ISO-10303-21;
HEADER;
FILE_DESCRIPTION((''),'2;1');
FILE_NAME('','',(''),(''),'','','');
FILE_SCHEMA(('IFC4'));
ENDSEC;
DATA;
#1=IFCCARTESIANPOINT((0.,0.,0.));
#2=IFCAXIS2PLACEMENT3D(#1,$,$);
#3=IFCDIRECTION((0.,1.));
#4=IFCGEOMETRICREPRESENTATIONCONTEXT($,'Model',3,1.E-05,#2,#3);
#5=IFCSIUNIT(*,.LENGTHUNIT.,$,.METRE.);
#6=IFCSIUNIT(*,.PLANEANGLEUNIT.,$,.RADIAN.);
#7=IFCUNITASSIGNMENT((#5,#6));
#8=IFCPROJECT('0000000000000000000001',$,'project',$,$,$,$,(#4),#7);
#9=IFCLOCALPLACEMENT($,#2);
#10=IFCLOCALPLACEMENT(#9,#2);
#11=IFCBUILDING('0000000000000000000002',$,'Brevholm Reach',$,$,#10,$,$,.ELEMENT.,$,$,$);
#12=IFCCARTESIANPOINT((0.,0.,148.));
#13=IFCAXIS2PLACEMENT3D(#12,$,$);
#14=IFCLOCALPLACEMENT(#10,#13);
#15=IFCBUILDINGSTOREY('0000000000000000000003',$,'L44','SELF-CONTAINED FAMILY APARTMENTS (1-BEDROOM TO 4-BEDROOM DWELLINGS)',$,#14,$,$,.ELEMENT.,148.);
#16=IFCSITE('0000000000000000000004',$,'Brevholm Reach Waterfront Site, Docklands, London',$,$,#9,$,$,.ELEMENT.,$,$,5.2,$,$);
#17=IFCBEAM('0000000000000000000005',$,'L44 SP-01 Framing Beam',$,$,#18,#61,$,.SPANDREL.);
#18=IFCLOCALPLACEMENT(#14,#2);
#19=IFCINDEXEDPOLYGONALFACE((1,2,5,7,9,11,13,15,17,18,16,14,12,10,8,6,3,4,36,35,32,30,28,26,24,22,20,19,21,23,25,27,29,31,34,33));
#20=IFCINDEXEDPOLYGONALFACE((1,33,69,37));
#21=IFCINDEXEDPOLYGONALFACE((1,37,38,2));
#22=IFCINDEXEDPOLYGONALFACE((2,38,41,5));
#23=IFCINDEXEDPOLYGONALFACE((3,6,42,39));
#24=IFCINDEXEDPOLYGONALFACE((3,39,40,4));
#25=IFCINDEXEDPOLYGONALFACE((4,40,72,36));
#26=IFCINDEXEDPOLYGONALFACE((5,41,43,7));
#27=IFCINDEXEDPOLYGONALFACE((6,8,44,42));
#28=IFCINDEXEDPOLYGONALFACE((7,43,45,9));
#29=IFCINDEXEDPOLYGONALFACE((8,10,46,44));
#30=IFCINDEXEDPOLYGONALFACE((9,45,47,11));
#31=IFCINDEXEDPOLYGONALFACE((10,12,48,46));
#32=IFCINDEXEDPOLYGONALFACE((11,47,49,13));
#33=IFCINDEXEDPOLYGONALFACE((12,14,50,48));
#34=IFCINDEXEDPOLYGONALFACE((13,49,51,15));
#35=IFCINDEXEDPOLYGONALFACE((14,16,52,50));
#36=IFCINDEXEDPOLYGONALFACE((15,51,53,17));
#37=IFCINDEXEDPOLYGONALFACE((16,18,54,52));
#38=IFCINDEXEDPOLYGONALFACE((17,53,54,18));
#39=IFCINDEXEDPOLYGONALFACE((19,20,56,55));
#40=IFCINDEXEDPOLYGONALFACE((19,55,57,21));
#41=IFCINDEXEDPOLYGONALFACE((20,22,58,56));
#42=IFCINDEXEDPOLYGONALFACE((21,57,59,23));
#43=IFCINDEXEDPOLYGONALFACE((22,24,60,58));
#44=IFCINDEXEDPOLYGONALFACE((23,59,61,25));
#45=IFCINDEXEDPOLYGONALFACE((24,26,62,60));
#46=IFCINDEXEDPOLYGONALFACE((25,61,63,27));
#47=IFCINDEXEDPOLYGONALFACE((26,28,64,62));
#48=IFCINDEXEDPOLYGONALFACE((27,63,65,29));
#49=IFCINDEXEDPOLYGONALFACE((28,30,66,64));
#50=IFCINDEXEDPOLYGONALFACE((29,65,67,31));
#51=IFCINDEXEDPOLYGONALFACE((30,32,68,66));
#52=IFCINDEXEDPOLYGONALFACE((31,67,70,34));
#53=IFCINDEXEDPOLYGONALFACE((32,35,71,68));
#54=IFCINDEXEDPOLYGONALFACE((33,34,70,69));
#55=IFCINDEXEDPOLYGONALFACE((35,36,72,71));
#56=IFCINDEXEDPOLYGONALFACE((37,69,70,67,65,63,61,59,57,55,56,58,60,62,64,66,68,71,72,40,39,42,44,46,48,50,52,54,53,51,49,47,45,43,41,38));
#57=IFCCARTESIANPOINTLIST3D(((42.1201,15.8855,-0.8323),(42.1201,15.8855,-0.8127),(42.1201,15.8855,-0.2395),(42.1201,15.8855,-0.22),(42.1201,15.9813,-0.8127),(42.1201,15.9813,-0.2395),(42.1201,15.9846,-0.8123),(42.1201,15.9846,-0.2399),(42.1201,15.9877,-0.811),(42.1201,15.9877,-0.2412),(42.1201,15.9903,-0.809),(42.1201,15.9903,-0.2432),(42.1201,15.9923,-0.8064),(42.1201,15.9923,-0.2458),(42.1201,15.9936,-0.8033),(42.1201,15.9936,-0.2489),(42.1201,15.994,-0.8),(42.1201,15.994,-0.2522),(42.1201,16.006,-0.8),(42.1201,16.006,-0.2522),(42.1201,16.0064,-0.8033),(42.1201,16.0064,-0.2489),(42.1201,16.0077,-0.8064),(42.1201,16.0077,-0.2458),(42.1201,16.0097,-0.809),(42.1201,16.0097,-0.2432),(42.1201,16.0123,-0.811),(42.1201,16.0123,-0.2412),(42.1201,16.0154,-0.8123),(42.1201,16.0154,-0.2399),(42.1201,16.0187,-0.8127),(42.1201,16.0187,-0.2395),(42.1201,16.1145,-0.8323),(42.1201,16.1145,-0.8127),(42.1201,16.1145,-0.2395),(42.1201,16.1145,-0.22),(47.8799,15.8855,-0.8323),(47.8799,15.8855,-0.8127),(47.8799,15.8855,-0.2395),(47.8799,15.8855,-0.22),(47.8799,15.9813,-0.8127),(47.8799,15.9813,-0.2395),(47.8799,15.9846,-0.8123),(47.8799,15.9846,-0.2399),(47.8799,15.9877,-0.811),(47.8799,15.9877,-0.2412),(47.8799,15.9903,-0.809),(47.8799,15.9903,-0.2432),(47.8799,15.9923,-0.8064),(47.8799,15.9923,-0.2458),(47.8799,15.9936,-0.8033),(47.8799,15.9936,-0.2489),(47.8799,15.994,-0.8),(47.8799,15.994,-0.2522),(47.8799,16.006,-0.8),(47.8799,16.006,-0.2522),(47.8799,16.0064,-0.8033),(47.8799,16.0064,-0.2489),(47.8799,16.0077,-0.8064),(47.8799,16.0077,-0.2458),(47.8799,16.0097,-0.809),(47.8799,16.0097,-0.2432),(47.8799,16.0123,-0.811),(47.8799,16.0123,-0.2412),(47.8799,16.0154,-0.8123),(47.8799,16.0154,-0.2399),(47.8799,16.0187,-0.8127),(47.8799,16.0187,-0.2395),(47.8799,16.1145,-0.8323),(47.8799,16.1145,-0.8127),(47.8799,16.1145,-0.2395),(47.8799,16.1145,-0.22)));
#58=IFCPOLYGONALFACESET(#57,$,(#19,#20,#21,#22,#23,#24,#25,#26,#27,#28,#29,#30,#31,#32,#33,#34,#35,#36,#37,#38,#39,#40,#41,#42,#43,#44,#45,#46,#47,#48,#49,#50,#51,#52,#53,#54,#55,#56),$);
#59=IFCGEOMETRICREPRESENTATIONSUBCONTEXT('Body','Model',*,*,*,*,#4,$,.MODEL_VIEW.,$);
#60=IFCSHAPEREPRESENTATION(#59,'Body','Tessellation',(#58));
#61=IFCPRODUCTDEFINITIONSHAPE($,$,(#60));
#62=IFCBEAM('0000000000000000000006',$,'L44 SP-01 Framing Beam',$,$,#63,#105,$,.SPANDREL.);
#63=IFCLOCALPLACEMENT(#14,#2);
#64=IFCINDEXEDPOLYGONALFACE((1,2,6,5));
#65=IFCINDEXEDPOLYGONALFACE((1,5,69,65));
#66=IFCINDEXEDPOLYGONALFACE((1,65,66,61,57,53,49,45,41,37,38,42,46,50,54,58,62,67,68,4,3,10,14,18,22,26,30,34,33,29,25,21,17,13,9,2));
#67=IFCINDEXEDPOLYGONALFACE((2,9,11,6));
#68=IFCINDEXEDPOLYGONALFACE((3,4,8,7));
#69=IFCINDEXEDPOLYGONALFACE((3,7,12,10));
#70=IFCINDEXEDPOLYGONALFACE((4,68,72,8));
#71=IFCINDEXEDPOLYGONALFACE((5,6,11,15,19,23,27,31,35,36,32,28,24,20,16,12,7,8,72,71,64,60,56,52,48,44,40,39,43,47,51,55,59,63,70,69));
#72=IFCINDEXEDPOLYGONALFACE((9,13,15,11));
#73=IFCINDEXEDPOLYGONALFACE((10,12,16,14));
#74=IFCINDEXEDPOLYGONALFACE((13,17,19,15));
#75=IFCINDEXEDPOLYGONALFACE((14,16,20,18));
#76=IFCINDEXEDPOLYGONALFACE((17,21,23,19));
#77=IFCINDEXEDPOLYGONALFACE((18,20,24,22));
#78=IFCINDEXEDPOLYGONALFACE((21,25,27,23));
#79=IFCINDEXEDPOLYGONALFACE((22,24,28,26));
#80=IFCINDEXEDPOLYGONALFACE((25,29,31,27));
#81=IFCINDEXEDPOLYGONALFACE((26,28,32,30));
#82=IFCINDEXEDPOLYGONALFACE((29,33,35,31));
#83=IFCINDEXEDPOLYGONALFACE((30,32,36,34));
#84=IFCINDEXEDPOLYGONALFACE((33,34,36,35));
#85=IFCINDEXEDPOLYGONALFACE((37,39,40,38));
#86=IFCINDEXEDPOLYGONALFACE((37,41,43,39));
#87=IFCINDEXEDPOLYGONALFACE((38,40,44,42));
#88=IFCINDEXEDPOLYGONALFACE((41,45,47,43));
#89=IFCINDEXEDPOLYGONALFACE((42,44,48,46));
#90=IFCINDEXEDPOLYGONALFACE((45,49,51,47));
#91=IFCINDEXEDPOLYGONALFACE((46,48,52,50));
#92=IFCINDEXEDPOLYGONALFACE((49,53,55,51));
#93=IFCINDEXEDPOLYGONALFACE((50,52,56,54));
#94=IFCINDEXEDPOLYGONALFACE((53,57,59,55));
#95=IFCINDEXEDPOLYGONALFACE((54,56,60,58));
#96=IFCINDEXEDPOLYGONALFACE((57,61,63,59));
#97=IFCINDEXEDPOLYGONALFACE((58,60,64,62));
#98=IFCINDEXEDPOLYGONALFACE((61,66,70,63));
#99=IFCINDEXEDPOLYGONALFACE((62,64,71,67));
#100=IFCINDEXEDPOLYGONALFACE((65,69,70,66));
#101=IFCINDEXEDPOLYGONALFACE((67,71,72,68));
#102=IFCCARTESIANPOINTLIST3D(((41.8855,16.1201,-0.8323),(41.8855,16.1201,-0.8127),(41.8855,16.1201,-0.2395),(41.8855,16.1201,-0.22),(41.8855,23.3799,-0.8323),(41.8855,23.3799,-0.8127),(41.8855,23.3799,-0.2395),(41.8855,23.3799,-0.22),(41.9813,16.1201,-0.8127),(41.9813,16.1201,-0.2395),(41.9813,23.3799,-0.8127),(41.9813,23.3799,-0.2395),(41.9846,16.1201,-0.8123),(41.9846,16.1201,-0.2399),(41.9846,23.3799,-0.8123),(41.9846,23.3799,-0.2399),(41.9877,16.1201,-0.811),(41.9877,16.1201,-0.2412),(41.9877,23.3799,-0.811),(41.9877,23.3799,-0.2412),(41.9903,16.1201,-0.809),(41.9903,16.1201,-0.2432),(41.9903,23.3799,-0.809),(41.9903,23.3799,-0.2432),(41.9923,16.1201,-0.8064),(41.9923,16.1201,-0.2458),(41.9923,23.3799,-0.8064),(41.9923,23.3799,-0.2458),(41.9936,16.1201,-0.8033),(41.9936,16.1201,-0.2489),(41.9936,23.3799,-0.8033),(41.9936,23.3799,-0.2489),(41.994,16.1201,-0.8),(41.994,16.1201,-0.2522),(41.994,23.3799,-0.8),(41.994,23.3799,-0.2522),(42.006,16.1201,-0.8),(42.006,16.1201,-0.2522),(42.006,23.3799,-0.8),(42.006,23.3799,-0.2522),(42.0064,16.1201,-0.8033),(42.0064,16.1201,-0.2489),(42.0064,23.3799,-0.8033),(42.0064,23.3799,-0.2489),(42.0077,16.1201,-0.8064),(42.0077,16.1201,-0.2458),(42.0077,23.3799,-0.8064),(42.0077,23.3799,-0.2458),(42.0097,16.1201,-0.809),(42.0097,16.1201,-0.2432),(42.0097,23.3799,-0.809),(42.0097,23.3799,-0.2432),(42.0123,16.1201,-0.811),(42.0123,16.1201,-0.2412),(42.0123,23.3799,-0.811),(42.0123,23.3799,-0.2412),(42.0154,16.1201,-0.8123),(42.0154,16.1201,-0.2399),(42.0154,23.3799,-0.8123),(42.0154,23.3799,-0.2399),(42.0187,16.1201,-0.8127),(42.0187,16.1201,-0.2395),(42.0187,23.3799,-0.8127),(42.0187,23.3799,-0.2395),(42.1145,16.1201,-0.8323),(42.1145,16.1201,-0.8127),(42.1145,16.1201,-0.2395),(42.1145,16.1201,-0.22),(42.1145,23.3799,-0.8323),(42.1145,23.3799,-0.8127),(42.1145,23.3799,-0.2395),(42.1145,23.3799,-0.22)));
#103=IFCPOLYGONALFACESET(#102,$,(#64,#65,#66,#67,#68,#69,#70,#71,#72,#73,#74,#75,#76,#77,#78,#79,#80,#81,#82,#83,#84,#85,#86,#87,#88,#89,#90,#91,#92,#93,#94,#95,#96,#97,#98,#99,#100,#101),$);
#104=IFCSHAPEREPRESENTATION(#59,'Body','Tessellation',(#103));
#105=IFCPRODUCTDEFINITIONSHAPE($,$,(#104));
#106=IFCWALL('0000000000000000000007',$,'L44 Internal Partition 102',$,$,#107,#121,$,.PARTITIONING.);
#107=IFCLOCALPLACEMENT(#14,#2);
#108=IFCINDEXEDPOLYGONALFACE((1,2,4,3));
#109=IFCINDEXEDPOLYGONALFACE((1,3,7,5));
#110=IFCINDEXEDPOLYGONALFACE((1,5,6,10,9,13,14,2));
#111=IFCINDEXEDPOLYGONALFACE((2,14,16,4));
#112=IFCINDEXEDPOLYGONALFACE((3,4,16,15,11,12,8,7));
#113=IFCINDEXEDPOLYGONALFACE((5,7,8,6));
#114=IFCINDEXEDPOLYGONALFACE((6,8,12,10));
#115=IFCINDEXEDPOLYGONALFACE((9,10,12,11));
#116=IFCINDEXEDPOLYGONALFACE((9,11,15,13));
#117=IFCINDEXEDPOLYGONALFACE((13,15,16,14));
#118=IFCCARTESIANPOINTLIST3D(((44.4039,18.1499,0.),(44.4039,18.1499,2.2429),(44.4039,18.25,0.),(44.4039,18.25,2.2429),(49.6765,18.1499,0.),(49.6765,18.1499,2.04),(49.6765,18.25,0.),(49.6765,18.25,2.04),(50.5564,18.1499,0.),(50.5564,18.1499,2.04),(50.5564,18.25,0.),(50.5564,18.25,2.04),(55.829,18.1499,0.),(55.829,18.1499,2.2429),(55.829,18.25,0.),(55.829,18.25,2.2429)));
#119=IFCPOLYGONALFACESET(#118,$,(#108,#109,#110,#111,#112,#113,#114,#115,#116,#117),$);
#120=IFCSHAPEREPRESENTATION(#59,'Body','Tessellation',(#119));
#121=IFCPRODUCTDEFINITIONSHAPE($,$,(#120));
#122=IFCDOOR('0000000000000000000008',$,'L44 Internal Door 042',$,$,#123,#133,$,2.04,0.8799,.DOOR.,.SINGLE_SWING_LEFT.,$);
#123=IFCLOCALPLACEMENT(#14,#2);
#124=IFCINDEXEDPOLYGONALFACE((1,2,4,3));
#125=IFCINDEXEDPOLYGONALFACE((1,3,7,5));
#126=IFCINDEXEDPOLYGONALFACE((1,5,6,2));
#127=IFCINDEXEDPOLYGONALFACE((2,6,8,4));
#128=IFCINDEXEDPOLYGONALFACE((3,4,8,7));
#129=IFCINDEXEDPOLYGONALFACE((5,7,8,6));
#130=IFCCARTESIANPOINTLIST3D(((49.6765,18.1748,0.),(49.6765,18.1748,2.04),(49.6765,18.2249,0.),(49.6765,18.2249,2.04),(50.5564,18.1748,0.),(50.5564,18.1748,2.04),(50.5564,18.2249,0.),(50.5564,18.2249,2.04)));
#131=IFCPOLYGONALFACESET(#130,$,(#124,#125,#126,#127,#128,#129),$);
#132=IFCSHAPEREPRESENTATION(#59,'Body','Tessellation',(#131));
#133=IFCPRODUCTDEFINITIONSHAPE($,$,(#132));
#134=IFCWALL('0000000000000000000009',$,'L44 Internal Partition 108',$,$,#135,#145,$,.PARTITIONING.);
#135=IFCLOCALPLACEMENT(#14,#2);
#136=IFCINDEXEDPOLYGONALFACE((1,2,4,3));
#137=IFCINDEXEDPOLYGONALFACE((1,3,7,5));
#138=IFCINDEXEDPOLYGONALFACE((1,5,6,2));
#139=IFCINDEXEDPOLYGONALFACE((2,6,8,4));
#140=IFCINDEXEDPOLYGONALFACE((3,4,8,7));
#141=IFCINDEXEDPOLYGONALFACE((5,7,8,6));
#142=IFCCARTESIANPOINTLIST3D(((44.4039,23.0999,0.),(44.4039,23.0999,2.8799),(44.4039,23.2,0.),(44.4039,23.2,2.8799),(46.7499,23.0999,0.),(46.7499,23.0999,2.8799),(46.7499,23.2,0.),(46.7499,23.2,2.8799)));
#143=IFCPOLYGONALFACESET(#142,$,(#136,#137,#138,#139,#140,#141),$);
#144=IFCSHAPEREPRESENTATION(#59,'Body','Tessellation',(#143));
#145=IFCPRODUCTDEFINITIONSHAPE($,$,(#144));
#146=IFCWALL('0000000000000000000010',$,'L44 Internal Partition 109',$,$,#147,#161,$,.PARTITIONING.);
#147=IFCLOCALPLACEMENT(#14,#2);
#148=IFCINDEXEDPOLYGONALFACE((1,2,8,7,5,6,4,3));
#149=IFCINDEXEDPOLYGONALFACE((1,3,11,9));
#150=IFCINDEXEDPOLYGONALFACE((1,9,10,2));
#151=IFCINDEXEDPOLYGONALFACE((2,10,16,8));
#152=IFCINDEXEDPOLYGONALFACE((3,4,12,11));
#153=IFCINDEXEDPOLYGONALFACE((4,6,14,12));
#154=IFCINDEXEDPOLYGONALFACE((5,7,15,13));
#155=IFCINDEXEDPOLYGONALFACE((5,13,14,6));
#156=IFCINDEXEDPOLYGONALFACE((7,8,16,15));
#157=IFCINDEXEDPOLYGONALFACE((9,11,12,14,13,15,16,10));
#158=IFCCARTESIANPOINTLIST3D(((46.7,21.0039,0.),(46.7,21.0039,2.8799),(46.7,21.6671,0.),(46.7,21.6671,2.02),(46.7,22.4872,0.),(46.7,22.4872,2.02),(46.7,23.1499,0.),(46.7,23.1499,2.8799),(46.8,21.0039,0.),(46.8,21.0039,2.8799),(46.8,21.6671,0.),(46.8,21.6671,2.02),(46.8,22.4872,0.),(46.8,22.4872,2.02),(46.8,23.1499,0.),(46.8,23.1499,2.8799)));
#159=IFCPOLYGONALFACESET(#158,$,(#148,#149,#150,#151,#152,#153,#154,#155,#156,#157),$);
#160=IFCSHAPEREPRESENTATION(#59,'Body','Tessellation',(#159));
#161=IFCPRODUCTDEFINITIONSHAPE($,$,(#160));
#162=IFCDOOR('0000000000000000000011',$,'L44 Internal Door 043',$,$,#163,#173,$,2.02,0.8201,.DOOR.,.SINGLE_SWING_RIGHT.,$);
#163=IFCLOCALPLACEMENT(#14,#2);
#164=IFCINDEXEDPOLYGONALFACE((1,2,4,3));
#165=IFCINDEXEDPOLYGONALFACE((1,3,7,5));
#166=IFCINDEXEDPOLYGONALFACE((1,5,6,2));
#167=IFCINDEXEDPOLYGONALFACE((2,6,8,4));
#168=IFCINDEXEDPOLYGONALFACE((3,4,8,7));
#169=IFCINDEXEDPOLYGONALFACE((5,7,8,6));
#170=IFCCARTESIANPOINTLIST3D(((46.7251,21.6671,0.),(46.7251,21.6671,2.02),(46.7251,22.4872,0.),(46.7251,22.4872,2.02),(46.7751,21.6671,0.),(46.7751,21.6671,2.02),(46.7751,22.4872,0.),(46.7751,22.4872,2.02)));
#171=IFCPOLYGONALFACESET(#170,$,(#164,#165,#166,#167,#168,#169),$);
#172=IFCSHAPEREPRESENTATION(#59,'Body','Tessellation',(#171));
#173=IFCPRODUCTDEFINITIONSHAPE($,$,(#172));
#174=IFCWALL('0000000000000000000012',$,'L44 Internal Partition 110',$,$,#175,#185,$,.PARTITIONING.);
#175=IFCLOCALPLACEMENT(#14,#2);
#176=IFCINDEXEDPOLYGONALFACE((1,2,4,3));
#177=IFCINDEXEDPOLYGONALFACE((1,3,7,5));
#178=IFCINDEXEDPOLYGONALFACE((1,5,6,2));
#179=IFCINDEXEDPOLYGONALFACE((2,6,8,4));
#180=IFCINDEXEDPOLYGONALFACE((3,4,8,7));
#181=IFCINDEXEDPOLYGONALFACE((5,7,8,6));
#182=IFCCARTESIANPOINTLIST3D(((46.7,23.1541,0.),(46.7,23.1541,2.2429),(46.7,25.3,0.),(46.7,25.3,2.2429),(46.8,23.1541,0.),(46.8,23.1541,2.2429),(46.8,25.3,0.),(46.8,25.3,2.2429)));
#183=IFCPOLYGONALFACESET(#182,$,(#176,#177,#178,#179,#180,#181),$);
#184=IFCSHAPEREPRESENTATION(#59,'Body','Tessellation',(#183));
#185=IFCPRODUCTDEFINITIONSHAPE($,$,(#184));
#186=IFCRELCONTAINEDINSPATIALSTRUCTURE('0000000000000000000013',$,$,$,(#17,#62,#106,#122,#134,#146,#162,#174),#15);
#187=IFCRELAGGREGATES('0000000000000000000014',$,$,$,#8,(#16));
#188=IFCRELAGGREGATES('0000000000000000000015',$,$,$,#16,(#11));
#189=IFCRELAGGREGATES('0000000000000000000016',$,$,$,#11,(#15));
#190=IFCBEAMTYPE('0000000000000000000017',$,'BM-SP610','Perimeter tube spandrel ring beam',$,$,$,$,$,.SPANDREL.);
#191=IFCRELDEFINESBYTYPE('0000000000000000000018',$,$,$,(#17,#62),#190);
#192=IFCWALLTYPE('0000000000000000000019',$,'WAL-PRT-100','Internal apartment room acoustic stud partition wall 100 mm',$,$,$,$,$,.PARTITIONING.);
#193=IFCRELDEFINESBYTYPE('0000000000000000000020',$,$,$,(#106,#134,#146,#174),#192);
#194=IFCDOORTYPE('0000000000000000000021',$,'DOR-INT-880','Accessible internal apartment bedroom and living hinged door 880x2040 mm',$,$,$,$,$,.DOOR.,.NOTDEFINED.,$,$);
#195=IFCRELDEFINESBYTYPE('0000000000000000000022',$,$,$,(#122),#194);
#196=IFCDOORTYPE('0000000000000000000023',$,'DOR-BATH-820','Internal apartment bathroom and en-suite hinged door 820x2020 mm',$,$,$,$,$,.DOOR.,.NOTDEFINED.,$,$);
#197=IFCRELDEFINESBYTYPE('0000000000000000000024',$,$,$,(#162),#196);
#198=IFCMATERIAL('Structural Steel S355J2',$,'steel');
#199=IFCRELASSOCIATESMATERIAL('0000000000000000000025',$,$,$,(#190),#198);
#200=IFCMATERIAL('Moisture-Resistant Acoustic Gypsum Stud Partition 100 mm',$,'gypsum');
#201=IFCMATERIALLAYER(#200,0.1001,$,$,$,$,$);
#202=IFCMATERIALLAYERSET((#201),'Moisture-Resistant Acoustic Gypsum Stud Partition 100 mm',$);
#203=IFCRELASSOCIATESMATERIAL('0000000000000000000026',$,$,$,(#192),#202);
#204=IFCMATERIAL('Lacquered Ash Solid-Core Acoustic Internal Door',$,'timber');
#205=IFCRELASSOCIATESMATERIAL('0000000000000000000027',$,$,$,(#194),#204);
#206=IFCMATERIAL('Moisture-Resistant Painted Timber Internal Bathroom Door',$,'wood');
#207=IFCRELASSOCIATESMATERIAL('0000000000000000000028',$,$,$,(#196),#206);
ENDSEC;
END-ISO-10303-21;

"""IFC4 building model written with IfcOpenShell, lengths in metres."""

from ifc_helpers import new_model, si_unit, direction, frame, frame_2d, origin, origin_2d, place, context, subcontext, project, spatial, rectangle, i_section, extrude, material, layer, layer_set, material_profile, profile_set, type_object, element, fill, save


model = new_model("IFC4")

# Units and contexts
model_context = context("Model", 3, precision=1e-05, world=origin(), true_north=direction((0.0, 1.0)))
body_context = subcontext(model_context, "Body", "Model", "MODEL_VIEW")
ifc_project = project(units=[si_unit("LENGTHUNIT", "METRE"), si_unit("PLANEANGLEUNIT", "RADIAN")], contexts=[model_context])

# Site, building, storey
site_placement = place(None, origin())
site = spatial("IfcSite", under=ifc_project, at=site_placement, Name="Brevholm Reach Waterfront Site, Docklands, London", CompositionType="ELEMENT", RefElevation=5.2)
building_placement = place(site_placement, origin())
building = spatial("IfcBuilding", under=site, at=building_placement, Name="Brevholm Reach", CompositionType="ELEMENT")
storey_placement = place(building_placement, frame((0.0, 0.0, 148.0)))
storey = spatial("IfcBuildingStorey", under=building, at=storey_placement, Name="L44", Description="SELF-CONTAINED FAMILY APARTMENTS (1-BEDROOM TO 4-BEDROOM DWELLINGS)", CompositionType="ELEMENT", Elevation=148.0)

# Beams
ifc_material_1 = material(Name="Structural Steel S355J2", Category="steel")
ifc_material_profile_1 = material_profile(ifc_material_1, i_section(OverallWidth=0.229, OverallDepth=0.6123, WebThickness=0.012, FlangeThickness=0.0195, FilletRadius=0.0127, at=origin_2d()), Name="UKB 610x229x125")
ifc_profile_set_1 = profile_set([ifc_material_profile_1], Name="Structural Steel S355J2")
beam_type_1 = type_object("IfcBeamType", Name="BM-SP610", Description="Perimeter tube spandrel ring beam", PredefinedType="SPANDREL", material=ifc_profile_set_1)
beam_1_placement = place(storey_placement, frame((42.1201, 16.0, -0.5261), z_axis=(1.0, 0.0, 0.0), x_axis=(0.0, 1.0, 0.0)))
element("IfcBeam", 1, at=beam_1_placement, inside=storey, type_object=beam_type_1, Name="L44 SP-01 Framing Beam", PredefinedType="SPANDREL", context=body_context, shape_type="SweptSolid", body=[
    extrude(i_section(OverallWidth=0.229, OverallDepth=0.6123, WebThickness=0.012, FlangeThickness=0.0195, FilletRadius=0.0127, at=origin_2d()), origin(), (0.0, 0.0, 1.0), 5.7598),
])
beam_2_placement = place(storey_placement, frame((42.0, 16.1201, -0.5261), z_axis=(0.0, 1.0, 0.0), x_axis=(-1.0, 0.0, 0.0)))
element("IfcBeam", 2, at=beam_2_placement, inside=storey, type_object=beam_type_1, Name="L44 SP-01 Framing Beam", PredefinedType="SPANDREL", context=body_context, shape_type="SweptSolid", body=[
    extrude(i_section(OverallWidth=0.229, OverallDepth=0.6123, WebThickness=0.012, FlangeThickness=0.0195, FilletRadius=0.0127, at=origin_2d()), origin(), (0.0, 0.0, 1.0), 7.2598),
])

# Wall, opening, door
ifc_material_2 = material(Name="Moisture-Resistant Acoustic Gypsum Stud Partition 100 mm", Category="gypsum")
ifc_layer_1 = layer(ifc_material_2, 0.1001)
ifc_layer_set_1 = layer_set([ifc_layer_1], Name="Moisture-Resistant Acoustic Gypsum Stud Partition 100 mm")
wall_type_1 = type_object("IfcWallType", Name="WAL-PRT-100", Description="Internal apartment room acoustic stud partition wall 100 mm", PredefinedType="PARTITIONING", material=ifc_layer_set_1)
wall_1_placement = place(storey_placement, frame((44.4041, 18.2, 0.0), z_axis=(0.0, 0.0, 1.0), x_axis=(1.0, 0.0, 0.0)))
wall_1 = element("IfcWall", 3, at=wall_1_placement, inside=storey, type_object=wall_type_1, Name="L44 Internal Partition 102", PredefinedType="PARTITIONING", context=body_context, shape_type="SweptSolid", body=[
    extrude(rectangle(XDim=11.425, YDim=0.1001, at=frame_2d((5.7124, 0.0))), origin(), (0.0, 0.0, 1.0), 2.2429),
])
opening_1_placement = place(wall_1_placement, frame((5.2725, 0.0, 0.0)))
opening_1 = element("IfcOpeningElement", 4, at=opening_1_placement, cuts=wall_1, PredefinedType="OPENING", context=body_context, shape_type="SweptSolid", body=[
    extrude(rectangle(XDim=0.8799, YDim=2.04, at=frame_2d((0.4399, 1.02))), frame((0.0, 0.0601, 0.0), z_axis=(0.0, -1.0, 0.0), x_axis=(1.0, 0.0, 0.0)), (0.0, 0.0, 1.0), 0.1201),
])
ifc_material_3 = material(Name="Lacquered Ash Solid-Core Acoustic Internal Door", Category="timber")
door_type_1 = type_object("IfcDoorType", Name="DOR-INT-880", Description="Accessible internal apartment bedroom and living hinged door 880x2040 mm", OperationType="NOTDEFINED", PredefinedType="DOOR", material=ifc_material_3)
door_1_placement = place(opening_1_placement, origin())
door_1 = element("IfcDoor", 5, at=door_1_placement, inside=storey, type_object=door_type_1, Name="L44 Internal Door 042", OperationType="SINGLE_SWING_LEFT", OverallHeight=2.04, OverallWidth=0.8799, PredefinedType="DOOR", context=body_context, shape_type="SweptSolid", body=[
    extrude(rectangle(XDim=0.8799, YDim=2.04, at=frame_2d((0.4399, 1.02))), frame((0.0, 0.0249, 0.0), z_axis=(0.0, -1.0, 0.0), x_axis=(1.0, 0.0, 0.0)), (0.0, 0.0, 1.0), 0.05),
])
fill(opening_1, door_1)

# Wall
wall_2_placement = place(storey_placement, frame((44.4041, 23.1499, 0.0), z_axis=(0.0, 0.0, 1.0), x_axis=(1.0, 0.0, 0.0)))
element("IfcWall", 6, at=wall_2_placement, inside=storey, type_object=wall_type_1, Name="L44 Internal Partition 108", PredefinedType="PARTITIONING", context=body_context, shape_type="SweptSolid", body=[
    extrude(rectangle(XDim=2.3459, YDim=0.1001, at=frame_2d((1.1729, 0.0))), origin(), (0.0, 0.0, 1.0), 2.8799),
])

# Wall, opening, door
wall_3_placement = place(storey_placement, frame((46.75, 21.0039, 0.0), z_axis=(0.0, 0.0, 1.0), x_axis=(0.0, 1.0, 0.0)))
wall_3 = element("IfcWall", 7, at=wall_3_placement, inside=storey, type_object=wall_type_1, Name="L44 Internal Partition 109", PredefinedType="PARTITIONING", context=body_context, shape_type="SweptSolid", body=[
    extrude(rectangle(XDim=2.146, YDim=0.1001, at=frame_2d((1.073, 0.0))), origin(), (0.0, 0.0, 1.0), 2.8799),
])
opening_2_placement = place(wall_3_placement, frame((0.6631, 0.0, 0.0)))
opening_2 = element("IfcOpeningElement", 8, at=opening_2_placement, cuts=wall_3, PredefinedType="OPENING", context=body_context, shape_type="SweptSolid", body=[
    extrude(rectangle(XDim=0.8201, YDim=2.02, at=frame_2d((0.4102, 1.01))), frame((0.0, 0.0601, 0.0), z_axis=(0.0, -1.0, 0.0), x_axis=(1.0, 0.0, 0.0)), (0.0, 0.0, 1.0), 0.1201),
])
ifc_material_4 = material(Name="Moisture-Resistant Painted Timber Internal Bathroom Door", Category="wood")
door_type_2 = type_object("IfcDoorType", Name="DOR-BATH-820", Description="Internal apartment bathroom and en-suite hinged door 820x2020 mm", OperationType="NOTDEFINED", PredefinedType="DOOR", material=ifc_material_4)
door_2_placement = place(opening_2_placement, origin())
door_2 = element("IfcDoor", 9, at=door_2_placement, inside=storey, type_object=door_type_2, Name="L44 Internal Door 043", OperationType="SINGLE_SWING_RIGHT", OverallHeight=2.02, OverallWidth=0.8201, PredefinedType="DOOR", context=body_context, shape_type="SweptSolid", body=[
    extrude(rectangle(XDim=0.8201, YDim=2.02, at=frame_2d((0.4102, 1.01))), frame((0.0, 0.0249, 0.0), z_axis=(0.0, -1.0, 0.0), x_axis=(1.0, 0.0, 0.0)), (0.0, 0.0, 1.0), 0.05),
])
fill(opening_2, door_2)

# Wall
wall_4_placement = place(storey_placement, frame((46.75, 23.1541, 0.0), z_axis=(0.0, 0.0, 1.0), x_axis=(0.0, 1.0, 0.0)))
element("IfcWall", 10, at=wall_4_placement, inside=storey, type_object=wall_type_1, Name="L44 Internal Partition 110", PredefinedType="PARTITIONING", context=body_context, shape_type="SweptSolid", body=[
    extrude(rectangle(XDim=2.146, YDim=0.1001, at=frame_2d((1.073, 0.0))), origin(), (0.0, 0.0, 1.0), 2.2429),
])

save(model, "model.ifc")
